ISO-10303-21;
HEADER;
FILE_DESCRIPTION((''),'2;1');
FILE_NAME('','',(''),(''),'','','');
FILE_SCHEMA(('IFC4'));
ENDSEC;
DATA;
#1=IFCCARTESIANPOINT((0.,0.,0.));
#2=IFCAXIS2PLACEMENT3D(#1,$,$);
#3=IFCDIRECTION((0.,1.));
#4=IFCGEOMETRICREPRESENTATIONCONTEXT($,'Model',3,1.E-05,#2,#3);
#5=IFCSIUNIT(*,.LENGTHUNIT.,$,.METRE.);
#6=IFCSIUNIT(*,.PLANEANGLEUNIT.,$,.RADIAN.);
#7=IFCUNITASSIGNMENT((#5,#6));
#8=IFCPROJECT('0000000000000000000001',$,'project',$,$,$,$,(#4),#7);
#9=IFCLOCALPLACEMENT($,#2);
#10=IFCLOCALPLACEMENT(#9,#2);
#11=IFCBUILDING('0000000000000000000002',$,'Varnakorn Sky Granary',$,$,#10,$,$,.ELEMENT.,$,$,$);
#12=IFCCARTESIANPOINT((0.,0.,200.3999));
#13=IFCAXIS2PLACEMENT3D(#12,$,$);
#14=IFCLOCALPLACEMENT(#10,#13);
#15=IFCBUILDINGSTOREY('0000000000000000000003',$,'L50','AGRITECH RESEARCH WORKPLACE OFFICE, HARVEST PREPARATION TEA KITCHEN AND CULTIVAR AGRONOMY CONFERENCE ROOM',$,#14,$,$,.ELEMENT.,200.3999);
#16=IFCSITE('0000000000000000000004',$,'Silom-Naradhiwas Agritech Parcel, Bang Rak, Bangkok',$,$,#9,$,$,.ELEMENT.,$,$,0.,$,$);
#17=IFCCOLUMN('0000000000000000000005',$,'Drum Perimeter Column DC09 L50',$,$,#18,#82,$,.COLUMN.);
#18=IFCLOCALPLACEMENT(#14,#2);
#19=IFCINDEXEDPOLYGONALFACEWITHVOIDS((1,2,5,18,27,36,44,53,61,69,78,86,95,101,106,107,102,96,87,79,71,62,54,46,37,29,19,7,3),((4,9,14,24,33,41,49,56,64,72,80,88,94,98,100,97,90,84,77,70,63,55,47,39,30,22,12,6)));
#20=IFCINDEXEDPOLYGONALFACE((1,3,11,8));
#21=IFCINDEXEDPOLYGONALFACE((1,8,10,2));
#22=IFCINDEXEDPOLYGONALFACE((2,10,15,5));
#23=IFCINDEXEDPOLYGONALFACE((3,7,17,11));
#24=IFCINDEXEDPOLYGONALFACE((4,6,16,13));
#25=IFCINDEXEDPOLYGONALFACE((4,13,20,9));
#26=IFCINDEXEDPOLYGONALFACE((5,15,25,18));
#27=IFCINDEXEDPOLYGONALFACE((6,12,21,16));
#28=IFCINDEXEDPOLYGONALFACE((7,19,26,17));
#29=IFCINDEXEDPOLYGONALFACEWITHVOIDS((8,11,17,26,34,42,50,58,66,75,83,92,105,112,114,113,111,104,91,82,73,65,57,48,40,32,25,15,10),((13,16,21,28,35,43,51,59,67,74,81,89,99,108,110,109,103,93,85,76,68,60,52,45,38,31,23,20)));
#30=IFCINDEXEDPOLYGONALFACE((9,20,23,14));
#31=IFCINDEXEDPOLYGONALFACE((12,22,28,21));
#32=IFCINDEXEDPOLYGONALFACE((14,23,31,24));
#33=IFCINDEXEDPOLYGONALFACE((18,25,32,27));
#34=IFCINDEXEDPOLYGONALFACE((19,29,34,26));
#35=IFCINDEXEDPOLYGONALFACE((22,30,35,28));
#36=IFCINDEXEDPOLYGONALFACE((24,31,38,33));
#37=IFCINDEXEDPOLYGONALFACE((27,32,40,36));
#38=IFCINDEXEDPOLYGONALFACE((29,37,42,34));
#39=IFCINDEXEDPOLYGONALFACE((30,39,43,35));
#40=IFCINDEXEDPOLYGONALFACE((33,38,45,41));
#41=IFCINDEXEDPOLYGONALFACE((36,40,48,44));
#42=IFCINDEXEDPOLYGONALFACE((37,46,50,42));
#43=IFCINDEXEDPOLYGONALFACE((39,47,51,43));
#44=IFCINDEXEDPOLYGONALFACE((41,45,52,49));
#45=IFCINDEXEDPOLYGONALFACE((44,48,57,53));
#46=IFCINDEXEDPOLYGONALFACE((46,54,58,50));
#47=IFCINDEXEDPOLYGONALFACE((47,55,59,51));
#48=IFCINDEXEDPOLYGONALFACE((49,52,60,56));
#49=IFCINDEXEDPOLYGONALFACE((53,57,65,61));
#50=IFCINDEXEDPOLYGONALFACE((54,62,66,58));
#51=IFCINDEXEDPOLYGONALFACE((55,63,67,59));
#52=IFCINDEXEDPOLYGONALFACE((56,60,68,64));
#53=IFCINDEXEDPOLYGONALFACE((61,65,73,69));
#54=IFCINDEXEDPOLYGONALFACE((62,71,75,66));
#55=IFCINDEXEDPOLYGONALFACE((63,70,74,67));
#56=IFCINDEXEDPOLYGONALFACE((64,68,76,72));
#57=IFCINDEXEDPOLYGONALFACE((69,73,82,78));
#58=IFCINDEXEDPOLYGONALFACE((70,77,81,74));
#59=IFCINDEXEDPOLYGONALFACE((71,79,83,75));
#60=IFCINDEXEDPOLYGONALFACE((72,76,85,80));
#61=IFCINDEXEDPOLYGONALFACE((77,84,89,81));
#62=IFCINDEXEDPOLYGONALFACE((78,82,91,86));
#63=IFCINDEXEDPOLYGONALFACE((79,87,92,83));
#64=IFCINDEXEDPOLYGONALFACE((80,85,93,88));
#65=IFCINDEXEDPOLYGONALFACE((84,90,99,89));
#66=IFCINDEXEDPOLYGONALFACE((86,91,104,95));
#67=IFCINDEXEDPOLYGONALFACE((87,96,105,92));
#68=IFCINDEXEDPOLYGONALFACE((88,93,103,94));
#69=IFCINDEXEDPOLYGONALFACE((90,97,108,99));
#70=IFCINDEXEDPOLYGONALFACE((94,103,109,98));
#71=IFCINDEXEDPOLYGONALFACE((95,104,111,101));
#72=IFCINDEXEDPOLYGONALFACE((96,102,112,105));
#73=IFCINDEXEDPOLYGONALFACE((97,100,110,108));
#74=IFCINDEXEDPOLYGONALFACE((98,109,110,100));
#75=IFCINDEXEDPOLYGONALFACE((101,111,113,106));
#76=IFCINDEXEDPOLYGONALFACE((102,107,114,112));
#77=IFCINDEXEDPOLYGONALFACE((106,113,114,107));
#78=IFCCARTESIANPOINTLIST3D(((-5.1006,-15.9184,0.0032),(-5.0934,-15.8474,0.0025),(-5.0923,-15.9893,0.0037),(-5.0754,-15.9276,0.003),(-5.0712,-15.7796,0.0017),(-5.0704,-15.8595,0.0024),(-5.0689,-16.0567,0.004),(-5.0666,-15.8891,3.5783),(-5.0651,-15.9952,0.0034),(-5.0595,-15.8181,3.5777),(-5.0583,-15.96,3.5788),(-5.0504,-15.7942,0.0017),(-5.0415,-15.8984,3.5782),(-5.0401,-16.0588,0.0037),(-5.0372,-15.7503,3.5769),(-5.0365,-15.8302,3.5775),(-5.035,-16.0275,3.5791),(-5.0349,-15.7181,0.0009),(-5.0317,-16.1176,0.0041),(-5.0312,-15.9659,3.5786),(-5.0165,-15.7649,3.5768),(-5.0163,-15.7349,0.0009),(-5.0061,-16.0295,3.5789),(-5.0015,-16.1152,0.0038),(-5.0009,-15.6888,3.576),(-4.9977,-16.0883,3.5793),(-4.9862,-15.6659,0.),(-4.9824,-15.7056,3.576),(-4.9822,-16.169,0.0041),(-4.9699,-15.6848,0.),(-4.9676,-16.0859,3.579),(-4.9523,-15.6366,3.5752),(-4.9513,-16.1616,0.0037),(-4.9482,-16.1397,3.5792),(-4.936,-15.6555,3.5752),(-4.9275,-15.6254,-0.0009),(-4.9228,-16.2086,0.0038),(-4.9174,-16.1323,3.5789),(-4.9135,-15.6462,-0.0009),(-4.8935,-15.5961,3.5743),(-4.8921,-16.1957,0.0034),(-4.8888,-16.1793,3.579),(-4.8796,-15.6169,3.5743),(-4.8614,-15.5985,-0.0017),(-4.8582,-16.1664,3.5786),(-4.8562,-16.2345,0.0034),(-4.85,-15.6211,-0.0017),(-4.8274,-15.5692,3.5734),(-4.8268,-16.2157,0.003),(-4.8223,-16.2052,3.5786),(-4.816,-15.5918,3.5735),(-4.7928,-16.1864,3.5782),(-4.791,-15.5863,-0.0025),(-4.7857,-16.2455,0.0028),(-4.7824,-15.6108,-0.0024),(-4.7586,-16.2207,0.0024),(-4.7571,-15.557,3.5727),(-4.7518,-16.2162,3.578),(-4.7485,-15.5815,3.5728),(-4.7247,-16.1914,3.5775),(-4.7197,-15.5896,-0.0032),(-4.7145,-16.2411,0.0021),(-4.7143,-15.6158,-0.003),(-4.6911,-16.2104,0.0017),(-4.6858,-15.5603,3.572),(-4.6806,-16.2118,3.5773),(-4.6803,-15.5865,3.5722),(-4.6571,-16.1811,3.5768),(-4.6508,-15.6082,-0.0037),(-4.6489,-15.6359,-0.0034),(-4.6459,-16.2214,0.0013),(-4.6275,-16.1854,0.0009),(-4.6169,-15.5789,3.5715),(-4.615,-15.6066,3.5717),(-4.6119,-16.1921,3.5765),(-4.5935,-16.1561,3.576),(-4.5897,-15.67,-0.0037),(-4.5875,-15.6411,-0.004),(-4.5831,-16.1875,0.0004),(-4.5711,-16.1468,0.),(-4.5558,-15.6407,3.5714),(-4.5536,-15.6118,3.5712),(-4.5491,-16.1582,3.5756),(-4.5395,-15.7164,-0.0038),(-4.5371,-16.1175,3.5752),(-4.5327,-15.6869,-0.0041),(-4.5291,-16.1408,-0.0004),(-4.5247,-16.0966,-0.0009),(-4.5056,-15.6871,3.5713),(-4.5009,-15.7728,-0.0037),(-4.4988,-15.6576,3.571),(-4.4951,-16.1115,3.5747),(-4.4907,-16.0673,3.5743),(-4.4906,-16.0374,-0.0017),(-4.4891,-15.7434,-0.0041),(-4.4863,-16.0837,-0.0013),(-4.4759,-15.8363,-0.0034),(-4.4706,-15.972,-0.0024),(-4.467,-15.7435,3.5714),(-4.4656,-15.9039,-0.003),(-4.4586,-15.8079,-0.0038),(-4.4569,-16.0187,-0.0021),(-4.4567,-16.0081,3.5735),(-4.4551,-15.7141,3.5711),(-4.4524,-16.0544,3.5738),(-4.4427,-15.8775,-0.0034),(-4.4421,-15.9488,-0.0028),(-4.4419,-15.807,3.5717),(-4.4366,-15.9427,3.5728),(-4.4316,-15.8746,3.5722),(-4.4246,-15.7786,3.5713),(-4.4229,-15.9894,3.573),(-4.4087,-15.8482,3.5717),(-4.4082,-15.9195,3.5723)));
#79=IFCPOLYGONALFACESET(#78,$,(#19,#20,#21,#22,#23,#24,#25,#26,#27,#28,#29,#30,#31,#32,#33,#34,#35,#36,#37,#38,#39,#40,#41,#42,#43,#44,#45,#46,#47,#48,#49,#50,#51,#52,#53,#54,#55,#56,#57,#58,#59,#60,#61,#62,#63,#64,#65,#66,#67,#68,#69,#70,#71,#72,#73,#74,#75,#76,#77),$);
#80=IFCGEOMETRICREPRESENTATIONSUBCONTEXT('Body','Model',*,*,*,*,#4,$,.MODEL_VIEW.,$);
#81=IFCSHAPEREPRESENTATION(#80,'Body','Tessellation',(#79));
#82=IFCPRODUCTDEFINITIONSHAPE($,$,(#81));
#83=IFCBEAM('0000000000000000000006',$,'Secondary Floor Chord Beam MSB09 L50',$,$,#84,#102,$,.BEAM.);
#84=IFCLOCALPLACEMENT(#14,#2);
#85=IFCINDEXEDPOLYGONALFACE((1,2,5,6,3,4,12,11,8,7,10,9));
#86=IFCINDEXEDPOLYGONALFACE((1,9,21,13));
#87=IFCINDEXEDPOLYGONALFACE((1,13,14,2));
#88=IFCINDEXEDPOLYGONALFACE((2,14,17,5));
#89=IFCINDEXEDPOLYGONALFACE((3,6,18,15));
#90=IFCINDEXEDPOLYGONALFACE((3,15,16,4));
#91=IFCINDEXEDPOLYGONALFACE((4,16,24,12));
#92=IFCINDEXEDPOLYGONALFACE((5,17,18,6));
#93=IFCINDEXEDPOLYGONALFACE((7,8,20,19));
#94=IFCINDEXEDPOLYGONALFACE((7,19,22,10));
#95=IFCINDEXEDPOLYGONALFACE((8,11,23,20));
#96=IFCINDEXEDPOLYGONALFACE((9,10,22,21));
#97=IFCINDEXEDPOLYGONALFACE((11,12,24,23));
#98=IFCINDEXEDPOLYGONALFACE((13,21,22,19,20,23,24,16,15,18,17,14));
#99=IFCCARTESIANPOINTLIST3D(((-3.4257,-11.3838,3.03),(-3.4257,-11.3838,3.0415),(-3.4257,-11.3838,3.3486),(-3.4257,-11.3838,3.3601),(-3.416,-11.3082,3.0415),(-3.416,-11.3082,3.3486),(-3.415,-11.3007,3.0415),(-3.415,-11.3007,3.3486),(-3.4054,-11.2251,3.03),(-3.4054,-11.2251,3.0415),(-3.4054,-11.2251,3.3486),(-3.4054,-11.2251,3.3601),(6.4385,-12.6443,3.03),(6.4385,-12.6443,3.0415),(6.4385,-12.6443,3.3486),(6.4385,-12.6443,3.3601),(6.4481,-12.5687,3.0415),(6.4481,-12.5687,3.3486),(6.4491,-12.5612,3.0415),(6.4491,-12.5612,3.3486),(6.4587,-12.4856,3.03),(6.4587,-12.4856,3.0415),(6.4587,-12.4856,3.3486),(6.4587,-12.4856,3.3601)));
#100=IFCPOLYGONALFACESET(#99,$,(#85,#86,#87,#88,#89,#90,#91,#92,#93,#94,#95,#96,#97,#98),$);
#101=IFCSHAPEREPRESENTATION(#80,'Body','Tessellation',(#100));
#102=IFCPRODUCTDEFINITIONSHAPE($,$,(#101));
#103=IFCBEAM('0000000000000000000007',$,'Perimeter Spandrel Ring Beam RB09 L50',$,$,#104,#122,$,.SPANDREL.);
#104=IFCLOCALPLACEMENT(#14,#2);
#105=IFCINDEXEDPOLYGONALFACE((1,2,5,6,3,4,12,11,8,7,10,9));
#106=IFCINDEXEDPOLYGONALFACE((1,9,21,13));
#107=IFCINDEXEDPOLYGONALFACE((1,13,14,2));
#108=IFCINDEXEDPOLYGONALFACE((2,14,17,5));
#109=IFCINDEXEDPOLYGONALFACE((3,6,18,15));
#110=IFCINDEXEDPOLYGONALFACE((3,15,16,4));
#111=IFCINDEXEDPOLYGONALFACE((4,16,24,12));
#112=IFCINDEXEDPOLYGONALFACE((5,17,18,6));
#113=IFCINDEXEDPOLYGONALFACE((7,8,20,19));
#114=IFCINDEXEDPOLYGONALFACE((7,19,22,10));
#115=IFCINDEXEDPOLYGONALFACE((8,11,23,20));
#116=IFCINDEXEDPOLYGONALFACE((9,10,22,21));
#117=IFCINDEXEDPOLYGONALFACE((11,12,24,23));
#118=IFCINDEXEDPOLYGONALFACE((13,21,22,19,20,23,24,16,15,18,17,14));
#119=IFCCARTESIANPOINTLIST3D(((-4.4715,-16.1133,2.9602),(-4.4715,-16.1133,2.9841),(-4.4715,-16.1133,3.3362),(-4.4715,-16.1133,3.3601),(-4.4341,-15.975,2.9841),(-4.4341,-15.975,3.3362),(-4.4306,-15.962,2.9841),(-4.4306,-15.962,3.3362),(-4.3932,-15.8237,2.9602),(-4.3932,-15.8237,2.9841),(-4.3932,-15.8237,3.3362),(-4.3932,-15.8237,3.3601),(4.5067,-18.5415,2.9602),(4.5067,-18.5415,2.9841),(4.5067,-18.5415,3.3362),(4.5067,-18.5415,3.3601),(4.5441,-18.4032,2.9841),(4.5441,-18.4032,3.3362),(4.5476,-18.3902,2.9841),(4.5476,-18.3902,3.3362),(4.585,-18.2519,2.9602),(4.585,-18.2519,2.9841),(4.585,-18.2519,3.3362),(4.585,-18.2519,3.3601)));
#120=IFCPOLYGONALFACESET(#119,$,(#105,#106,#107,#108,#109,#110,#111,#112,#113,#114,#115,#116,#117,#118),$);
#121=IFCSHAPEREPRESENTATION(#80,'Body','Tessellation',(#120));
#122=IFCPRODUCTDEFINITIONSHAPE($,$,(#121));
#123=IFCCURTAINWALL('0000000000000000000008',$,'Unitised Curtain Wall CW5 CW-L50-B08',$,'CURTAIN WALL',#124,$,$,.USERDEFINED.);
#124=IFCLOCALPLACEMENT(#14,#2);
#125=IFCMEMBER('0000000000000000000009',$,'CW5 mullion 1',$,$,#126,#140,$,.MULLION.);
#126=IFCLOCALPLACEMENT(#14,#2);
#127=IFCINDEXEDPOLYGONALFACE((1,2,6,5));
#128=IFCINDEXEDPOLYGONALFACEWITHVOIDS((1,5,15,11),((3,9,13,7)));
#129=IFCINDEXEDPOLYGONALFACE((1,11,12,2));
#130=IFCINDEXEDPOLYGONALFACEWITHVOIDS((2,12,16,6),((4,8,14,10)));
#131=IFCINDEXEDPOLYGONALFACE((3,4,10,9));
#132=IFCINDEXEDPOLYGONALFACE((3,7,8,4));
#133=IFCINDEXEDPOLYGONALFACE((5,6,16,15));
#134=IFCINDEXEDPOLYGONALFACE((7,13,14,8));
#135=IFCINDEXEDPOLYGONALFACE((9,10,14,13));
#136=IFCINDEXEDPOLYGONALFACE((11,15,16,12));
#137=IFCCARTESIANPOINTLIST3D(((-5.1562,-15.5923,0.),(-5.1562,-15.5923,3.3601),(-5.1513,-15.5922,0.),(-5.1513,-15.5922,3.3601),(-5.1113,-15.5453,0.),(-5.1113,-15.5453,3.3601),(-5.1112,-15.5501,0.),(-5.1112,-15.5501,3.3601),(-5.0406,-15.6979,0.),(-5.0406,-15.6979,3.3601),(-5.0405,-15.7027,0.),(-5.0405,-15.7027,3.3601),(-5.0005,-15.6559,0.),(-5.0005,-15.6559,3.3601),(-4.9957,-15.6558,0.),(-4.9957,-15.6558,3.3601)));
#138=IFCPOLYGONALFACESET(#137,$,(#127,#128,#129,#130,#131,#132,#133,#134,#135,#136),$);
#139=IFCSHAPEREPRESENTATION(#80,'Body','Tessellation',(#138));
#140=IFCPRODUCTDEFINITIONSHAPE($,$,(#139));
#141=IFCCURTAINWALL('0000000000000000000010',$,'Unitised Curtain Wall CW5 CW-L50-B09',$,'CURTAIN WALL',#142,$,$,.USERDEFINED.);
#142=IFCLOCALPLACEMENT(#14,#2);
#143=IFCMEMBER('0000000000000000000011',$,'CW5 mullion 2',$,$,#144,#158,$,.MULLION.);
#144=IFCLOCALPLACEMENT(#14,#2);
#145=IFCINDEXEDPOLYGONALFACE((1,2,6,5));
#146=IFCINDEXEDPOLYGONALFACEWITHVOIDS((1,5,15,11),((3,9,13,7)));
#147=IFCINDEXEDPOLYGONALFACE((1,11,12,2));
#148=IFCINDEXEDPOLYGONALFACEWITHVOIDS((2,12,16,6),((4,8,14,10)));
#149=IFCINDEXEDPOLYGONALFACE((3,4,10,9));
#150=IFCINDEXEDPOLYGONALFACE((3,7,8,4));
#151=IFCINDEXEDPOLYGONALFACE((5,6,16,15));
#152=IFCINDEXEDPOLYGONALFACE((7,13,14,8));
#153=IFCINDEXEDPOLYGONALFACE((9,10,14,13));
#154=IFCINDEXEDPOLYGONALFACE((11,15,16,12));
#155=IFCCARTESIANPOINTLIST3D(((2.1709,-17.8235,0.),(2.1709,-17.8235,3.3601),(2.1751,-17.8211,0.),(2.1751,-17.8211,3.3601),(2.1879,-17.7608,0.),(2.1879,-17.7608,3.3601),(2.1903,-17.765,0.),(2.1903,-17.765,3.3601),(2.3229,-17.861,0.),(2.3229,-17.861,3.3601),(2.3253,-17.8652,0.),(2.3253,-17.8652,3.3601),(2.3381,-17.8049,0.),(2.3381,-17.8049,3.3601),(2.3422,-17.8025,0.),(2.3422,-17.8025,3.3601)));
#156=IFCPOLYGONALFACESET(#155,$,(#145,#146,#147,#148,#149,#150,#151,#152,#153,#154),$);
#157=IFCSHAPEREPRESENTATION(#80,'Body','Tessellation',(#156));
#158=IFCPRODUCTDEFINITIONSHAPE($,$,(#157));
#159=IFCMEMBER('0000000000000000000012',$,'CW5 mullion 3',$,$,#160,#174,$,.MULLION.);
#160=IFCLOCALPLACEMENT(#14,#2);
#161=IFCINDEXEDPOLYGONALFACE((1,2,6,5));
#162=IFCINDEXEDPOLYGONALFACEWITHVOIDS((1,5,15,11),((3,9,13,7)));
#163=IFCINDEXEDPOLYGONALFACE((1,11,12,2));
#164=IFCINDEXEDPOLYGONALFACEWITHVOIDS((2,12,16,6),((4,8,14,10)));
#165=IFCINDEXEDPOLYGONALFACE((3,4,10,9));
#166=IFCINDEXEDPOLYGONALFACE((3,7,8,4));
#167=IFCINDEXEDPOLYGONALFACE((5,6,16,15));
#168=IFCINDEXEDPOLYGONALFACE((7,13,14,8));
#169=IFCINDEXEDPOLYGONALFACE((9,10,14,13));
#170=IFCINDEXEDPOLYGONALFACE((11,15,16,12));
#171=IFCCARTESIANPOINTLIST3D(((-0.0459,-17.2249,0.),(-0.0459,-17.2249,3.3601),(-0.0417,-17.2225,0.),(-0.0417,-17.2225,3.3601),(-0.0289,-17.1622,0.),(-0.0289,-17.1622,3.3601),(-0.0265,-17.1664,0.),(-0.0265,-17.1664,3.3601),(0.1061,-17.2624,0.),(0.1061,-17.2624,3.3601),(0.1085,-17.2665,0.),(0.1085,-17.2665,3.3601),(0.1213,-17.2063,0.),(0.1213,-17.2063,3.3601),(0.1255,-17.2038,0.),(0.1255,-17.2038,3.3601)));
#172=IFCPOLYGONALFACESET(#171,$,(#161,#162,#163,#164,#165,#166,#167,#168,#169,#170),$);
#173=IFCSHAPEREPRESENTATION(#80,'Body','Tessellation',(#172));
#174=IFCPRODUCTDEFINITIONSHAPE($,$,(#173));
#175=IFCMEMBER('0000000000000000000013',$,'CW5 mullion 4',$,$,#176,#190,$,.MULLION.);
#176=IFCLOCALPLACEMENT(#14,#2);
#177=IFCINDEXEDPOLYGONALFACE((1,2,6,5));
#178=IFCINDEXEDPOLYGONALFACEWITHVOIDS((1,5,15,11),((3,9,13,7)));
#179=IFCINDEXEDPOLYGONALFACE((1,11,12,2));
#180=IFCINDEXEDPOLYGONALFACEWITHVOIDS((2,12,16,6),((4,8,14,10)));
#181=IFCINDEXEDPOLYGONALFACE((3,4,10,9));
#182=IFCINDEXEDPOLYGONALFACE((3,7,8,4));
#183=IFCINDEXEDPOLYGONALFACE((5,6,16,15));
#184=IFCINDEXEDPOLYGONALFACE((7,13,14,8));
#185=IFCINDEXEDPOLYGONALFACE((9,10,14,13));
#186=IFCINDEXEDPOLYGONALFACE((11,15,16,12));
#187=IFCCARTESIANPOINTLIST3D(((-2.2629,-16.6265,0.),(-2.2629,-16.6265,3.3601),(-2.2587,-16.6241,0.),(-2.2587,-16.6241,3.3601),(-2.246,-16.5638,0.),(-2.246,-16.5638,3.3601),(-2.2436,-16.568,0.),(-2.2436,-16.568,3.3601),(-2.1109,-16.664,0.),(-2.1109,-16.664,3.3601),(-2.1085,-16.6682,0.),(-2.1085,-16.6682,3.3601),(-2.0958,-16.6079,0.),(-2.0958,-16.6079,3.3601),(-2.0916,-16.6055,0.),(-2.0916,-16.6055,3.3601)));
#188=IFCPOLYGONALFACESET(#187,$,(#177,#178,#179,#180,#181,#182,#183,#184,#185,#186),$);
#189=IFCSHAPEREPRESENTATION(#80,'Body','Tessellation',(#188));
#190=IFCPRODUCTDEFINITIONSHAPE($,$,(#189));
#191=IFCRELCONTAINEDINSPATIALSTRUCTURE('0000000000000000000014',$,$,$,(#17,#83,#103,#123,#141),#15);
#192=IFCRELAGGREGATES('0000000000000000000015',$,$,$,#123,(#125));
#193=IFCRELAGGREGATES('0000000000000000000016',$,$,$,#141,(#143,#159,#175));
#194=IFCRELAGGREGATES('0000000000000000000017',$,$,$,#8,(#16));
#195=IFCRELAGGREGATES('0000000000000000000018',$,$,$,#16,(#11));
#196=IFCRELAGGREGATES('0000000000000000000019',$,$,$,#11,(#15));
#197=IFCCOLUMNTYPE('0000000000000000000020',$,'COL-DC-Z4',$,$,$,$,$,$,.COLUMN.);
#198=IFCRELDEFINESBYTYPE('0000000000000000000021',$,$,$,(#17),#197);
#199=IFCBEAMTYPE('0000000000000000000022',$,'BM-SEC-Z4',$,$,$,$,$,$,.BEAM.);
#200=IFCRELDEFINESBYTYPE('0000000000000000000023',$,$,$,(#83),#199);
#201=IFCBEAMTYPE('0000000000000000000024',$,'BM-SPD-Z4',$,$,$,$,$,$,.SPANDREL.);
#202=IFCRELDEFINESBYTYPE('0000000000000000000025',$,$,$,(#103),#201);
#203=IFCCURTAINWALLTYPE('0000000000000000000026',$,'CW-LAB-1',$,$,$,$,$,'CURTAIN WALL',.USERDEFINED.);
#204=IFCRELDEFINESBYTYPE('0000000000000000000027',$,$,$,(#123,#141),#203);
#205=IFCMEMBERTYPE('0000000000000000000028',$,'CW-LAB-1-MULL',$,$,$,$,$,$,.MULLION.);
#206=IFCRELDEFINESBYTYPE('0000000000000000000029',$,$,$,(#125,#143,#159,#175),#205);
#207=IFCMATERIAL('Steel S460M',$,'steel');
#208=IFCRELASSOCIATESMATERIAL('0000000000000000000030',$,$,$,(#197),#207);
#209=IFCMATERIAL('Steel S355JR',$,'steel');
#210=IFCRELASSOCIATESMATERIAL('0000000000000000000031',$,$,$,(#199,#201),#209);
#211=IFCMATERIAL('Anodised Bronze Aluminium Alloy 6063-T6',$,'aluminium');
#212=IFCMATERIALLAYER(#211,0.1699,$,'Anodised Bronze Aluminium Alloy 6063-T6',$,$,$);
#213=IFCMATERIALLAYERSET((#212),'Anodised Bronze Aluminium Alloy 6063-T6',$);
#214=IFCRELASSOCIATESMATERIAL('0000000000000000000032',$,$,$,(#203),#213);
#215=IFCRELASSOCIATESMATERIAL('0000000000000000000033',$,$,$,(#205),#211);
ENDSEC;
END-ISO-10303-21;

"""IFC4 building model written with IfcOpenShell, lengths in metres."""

from ifc_helpers import new_model, si_unit, direction, frame, origin, origin_2d, place, context, subcontext, project, spatial, hollow_rectangle, hollow_circle, i_section, extrude, material, layer, layer_set, material_profile, profile_set, type_object, element, aggregate, save


model = new_model("IFC4")

# Units and contexts
model_context = context("Model", 3, precision=1e-05, world=origin(), true_north=direction((0.0, 1.0)))
body_context = subcontext(model_context, "Body", "Model", "MODEL_VIEW")
ifc_project = project(units=[si_unit("LENGTHUNIT", "METRE"), si_unit("PLANEANGLEUNIT", "RADIAN")], contexts=[model_context])

# Site, building, storey
site_placement = place(None, origin())
site = spatial("IfcSite", under=ifc_project, at=site_placement, Name="Silom-Naradhiwas Agritech Parcel, Bang Rak, Bangkok", CompositionType="ELEMENT", RefElevation=0.0)
building_placement = place(site_placement, origin())
building = spatial("IfcBuilding", under=site, at=building_placement, Name="Varnakorn Sky Granary", CompositionType="ELEMENT")
storey_placement = place(building_placement, frame((0.0, 0.0, 200.3999)))
storey = spatial("IfcBuildingStorey", under=building, at=storey_placement, Name="L50", Description="AGRITECH RESEARCH WORKPLACE OFFICE, HARVEST PREPARATION TEA KITCHEN AND CULTIVAR AGRONOMY CONFERENCE ROOM", CompositionType="ELEMENT", Elevation=200.3999)

# Column
ifc_material_1 = material(Name="Steel S460M", Category="steel")
ifc_material_profile_1 = material_profile(ifc_material_1, hollow_circle(Radius=0.3301, WallThickness=0.0249, at=origin_2d()), Name="CHS 660x25")
ifc_profile_set_1 = profile_set([ifc_material_profile_1], Name="Steel S460M")
column_type = type_object("IfcColumnType", Name="COL-DC-Z4", PredefinedType="COLUMN", material=ifc_profile_set_1)
column_placement = place(storey_placement, frame((-4.7705, -15.9158, 0.0), z_axis=(0.009491, 0.008194, 0.999921), x_axis=(-0.653478, 0.756945, 0.0)))
element("IfcColumn", 1, at=column_placement, inside=storey, type_object=column_type, Name="Drum Perimeter Column DC09 L50", PredefinedType="COLUMN", context=body_context, shape_type="SweptSolid", body=[
    extrude(hollow_circle(Radius=0.3301, WallThickness=0.0249, at=origin_2d()), origin(), (0.0, 0.0, 1.0), 3.5754),
])

# Beams
ifc_material_2 = material(Name="Steel S355JR", Category="steel")
ifc_material_profile_2 = material_profile(ifc_material_2, i_section(OverallWidth=0.1599, OverallDepth=0.3301, WebThickness=0.0076, FlangeThickness=0.0115, at=origin_2d()), Name="IPE 330")
ifc_profile_set_2 = profile_set([ifc_material_profile_2], Name="Steel S355JR")
beam_type_1 = type_object("IfcBeamType", Name="BM-SEC-Z4", PredefinedType="BEAM", material=ifc_profile_set_2)
beam_1_placement = place(storey_placement, frame((-3.4155, -11.3044, 3.1951), z_axis=(0.991934, -0.126757, 0.0), x_axis=(0.126757, 0.991934, 0.0)))
element("IfcBeam", 2, at=beam_1_placement, inside=storey, type_object=beam_type_1, Name="Secondary Floor Chord Beam MSB09 L50", PredefinedType="BEAM", context=body_context, shape_type="SweptSolid", body=[
    extrude(i_section(OverallWidth=0.1599, OverallDepth=0.3301, WebThickness=0.0076, FlangeThickness=0.0115, at=origin_2d()), origin(), (0.0, 0.0, 1.0), 9.9443),
])
ifc_material_profile_3 = material_profile(ifc_material_2, i_section(OverallWidth=0.3, OverallDepth=0.3999, WebThickness=0.0134, FlangeThickness=0.0239, at=origin_2d()), Name="HE 400 B")
ifc_profile_set_3 = profile_set([ifc_material_profile_3], Name="Steel S355JR")
beam_type_2 = type_object("IfcBeamType", Name="BM-SPD-Z4", PredefinedType="SPANDREL", material=ifc_profile_set_3)
beam_2_placement = place(storey_placement, frame((-4.4324, -15.9685, 3.1602), z_axis=(0.965318, -0.261076, 0.0), x_axis=(0.261076, 0.965318, 0.0)))
element("IfcBeam", 3, at=beam_2_placement, inside=storey, type_object=beam_type_2, Name="Perimeter Spandrel Ring Beam RB09 L50", PredefinedType="SPANDREL", context=body_context, shape_type="SweptSolid", body=[
    extrude(i_section(OverallWidth=0.3, OverallDepth=0.3999, WebThickness=0.0134, FlangeThickness=0.0239, at=origin_2d()), origin(), (0.0, 0.0, 1.0), 9.3008),
])

# Curtain wall, member
ifc_material_3 = material(Name="Anodised Bronze Aluminium Alloy 6063-T6", Category="aluminium")
ifc_layer_1 = layer(ifc_material_3, 0.1699, Name="Anodised Bronze Aluminium Alloy 6063-T6")
ifc_layer_set_1 = layer_set([ifc_layer_1], Name="Anodised Bronze Aluminium Alloy 6063-T6")
curtain_wall_type = type_object("IfcCurtainWallType", Name="CW-LAB-1", ElementType="CURTAIN WALL", PredefinedType="USERDEFINED", material=ifc_layer_set_1)
curtain_wall_1_placement = place(storey_placement, origin())
curtain_wall_1 = element("IfcCurtainWall", 4, at=curtain_wall_1_placement, inside=storey, type_object=curtain_wall_type, Name="Unitised Curtain Wall CW5 CW-L50-B08", ObjectType="CURTAIN WALL", PredefinedType="USERDEFINED")
ifc_material_profile_4 = material_profile(ifc_material_3, hollow_rectangle(XDim=0.0649, YDim=0.1599, WallThickness=0.0034, at=origin_2d()), Name="ALU MULL 65x160")
ifc_profile_set_4 = profile_set([ifc_material_profile_4], Name="Anodised Bronze Aluminium Alloy 6063-T6")
member_type_1 = type_object("IfcMemberType", Name="CW-LAB-1-MULL", PredefinedType="MULLION", material=ifc_profile_set_4)
member_1_placement = place(storey_placement, frame((-5.0759, -15.624, 0.0), z_axis=(0.0, 0.0, 1.0), x_axis=(-0.690697, -0.723144, 0.0)))
member_1 = element("IfcMember", 5, at=member_1_placement, type_object=member_type_1, Name="CW5 mullion 1", PredefinedType="MULLION", context=body_context, shape_type="SweptSolid", body=[
    extrude(hollow_rectangle(XDim=0.0649, YDim=0.1599, WallThickness=0.0034, at=origin_2d()), origin(), (0.0, 0.0, 1.0), 3.3601),
])

# Curtain wall, members
curtain_wall_2_placement = place(storey_placement, origin())
curtain_wall_2 = element("IfcCurtainWall", 6, at=curtain_wall_2_placement, inside=storey, type_object=curtain_wall_type, Name="Unitised Curtain Wall CW5 CW-L50-B09", ObjectType="CURTAIN WALL", PredefinedType="USERDEFINED")
member_2_placement = place(storey_placement, frame((2.2566, -17.813, 0.0), z_axis=(0.0, 0.0, 1.0), x_axis=(-0.260643, -0.965435, 0.0)))
member_2 = element("IfcMember", 7, at=member_2_placement, type_object=member_type_1, Name="CW5 mullion 2", PredefinedType="MULLION", context=body_context, shape_type="SweptSolid", body=[
    extrude(hollow_rectangle(XDim=0.0649, YDim=0.1599, WallThickness=0.0034, at=origin_2d()), origin(), (0.0, 0.0, 1.0), 3.3601),
])
member_3_placement = place(storey_placement, frame((0.0398, -17.2144, 0.0), z_axis=(0.0, 0.0, 1.0), x_axis=(-0.260643, -0.965435, 0.0)))
member_3 = element("IfcMember", 8, at=member_3_placement, type_object=member_type_1, Name="CW5 mullion 3", PredefinedType="MULLION", context=body_context, shape_type="SweptSolid", body=[
    extrude(hollow_rectangle(XDim=0.0649, YDim=0.1599, WallThickness=0.0034, at=origin_2d()), origin(), (0.0, 0.0, 1.0), 3.3601),
])
member_4_placement = place(storey_placement, frame((-2.1772, -16.616, 0.0), z_axis=(0.0, 0.0, 1.0), x_axis=(-0.260643, -0.965435, 0.0)))
member_4 = element("IfcMember", 9, at=member_4_placement, type_object=member_type_1, Name="CW5 mullion 4", PredefinedType="MULLION", context=body_context, shape_type="SweptSolid", body=[
    extrude(hollow_rectangle(XDim=0.0649, YDim=0.1599, WallThickness=0.0034, at=origin_2d()), origin(), (0.0, 0.0, 1.0), 3.3601),
])

aggregate(curtain_wall_1, [member_1])

aggregate(curtain_wall_2, [member_2, member_3, member_4])

save(model, "model.ifc")
